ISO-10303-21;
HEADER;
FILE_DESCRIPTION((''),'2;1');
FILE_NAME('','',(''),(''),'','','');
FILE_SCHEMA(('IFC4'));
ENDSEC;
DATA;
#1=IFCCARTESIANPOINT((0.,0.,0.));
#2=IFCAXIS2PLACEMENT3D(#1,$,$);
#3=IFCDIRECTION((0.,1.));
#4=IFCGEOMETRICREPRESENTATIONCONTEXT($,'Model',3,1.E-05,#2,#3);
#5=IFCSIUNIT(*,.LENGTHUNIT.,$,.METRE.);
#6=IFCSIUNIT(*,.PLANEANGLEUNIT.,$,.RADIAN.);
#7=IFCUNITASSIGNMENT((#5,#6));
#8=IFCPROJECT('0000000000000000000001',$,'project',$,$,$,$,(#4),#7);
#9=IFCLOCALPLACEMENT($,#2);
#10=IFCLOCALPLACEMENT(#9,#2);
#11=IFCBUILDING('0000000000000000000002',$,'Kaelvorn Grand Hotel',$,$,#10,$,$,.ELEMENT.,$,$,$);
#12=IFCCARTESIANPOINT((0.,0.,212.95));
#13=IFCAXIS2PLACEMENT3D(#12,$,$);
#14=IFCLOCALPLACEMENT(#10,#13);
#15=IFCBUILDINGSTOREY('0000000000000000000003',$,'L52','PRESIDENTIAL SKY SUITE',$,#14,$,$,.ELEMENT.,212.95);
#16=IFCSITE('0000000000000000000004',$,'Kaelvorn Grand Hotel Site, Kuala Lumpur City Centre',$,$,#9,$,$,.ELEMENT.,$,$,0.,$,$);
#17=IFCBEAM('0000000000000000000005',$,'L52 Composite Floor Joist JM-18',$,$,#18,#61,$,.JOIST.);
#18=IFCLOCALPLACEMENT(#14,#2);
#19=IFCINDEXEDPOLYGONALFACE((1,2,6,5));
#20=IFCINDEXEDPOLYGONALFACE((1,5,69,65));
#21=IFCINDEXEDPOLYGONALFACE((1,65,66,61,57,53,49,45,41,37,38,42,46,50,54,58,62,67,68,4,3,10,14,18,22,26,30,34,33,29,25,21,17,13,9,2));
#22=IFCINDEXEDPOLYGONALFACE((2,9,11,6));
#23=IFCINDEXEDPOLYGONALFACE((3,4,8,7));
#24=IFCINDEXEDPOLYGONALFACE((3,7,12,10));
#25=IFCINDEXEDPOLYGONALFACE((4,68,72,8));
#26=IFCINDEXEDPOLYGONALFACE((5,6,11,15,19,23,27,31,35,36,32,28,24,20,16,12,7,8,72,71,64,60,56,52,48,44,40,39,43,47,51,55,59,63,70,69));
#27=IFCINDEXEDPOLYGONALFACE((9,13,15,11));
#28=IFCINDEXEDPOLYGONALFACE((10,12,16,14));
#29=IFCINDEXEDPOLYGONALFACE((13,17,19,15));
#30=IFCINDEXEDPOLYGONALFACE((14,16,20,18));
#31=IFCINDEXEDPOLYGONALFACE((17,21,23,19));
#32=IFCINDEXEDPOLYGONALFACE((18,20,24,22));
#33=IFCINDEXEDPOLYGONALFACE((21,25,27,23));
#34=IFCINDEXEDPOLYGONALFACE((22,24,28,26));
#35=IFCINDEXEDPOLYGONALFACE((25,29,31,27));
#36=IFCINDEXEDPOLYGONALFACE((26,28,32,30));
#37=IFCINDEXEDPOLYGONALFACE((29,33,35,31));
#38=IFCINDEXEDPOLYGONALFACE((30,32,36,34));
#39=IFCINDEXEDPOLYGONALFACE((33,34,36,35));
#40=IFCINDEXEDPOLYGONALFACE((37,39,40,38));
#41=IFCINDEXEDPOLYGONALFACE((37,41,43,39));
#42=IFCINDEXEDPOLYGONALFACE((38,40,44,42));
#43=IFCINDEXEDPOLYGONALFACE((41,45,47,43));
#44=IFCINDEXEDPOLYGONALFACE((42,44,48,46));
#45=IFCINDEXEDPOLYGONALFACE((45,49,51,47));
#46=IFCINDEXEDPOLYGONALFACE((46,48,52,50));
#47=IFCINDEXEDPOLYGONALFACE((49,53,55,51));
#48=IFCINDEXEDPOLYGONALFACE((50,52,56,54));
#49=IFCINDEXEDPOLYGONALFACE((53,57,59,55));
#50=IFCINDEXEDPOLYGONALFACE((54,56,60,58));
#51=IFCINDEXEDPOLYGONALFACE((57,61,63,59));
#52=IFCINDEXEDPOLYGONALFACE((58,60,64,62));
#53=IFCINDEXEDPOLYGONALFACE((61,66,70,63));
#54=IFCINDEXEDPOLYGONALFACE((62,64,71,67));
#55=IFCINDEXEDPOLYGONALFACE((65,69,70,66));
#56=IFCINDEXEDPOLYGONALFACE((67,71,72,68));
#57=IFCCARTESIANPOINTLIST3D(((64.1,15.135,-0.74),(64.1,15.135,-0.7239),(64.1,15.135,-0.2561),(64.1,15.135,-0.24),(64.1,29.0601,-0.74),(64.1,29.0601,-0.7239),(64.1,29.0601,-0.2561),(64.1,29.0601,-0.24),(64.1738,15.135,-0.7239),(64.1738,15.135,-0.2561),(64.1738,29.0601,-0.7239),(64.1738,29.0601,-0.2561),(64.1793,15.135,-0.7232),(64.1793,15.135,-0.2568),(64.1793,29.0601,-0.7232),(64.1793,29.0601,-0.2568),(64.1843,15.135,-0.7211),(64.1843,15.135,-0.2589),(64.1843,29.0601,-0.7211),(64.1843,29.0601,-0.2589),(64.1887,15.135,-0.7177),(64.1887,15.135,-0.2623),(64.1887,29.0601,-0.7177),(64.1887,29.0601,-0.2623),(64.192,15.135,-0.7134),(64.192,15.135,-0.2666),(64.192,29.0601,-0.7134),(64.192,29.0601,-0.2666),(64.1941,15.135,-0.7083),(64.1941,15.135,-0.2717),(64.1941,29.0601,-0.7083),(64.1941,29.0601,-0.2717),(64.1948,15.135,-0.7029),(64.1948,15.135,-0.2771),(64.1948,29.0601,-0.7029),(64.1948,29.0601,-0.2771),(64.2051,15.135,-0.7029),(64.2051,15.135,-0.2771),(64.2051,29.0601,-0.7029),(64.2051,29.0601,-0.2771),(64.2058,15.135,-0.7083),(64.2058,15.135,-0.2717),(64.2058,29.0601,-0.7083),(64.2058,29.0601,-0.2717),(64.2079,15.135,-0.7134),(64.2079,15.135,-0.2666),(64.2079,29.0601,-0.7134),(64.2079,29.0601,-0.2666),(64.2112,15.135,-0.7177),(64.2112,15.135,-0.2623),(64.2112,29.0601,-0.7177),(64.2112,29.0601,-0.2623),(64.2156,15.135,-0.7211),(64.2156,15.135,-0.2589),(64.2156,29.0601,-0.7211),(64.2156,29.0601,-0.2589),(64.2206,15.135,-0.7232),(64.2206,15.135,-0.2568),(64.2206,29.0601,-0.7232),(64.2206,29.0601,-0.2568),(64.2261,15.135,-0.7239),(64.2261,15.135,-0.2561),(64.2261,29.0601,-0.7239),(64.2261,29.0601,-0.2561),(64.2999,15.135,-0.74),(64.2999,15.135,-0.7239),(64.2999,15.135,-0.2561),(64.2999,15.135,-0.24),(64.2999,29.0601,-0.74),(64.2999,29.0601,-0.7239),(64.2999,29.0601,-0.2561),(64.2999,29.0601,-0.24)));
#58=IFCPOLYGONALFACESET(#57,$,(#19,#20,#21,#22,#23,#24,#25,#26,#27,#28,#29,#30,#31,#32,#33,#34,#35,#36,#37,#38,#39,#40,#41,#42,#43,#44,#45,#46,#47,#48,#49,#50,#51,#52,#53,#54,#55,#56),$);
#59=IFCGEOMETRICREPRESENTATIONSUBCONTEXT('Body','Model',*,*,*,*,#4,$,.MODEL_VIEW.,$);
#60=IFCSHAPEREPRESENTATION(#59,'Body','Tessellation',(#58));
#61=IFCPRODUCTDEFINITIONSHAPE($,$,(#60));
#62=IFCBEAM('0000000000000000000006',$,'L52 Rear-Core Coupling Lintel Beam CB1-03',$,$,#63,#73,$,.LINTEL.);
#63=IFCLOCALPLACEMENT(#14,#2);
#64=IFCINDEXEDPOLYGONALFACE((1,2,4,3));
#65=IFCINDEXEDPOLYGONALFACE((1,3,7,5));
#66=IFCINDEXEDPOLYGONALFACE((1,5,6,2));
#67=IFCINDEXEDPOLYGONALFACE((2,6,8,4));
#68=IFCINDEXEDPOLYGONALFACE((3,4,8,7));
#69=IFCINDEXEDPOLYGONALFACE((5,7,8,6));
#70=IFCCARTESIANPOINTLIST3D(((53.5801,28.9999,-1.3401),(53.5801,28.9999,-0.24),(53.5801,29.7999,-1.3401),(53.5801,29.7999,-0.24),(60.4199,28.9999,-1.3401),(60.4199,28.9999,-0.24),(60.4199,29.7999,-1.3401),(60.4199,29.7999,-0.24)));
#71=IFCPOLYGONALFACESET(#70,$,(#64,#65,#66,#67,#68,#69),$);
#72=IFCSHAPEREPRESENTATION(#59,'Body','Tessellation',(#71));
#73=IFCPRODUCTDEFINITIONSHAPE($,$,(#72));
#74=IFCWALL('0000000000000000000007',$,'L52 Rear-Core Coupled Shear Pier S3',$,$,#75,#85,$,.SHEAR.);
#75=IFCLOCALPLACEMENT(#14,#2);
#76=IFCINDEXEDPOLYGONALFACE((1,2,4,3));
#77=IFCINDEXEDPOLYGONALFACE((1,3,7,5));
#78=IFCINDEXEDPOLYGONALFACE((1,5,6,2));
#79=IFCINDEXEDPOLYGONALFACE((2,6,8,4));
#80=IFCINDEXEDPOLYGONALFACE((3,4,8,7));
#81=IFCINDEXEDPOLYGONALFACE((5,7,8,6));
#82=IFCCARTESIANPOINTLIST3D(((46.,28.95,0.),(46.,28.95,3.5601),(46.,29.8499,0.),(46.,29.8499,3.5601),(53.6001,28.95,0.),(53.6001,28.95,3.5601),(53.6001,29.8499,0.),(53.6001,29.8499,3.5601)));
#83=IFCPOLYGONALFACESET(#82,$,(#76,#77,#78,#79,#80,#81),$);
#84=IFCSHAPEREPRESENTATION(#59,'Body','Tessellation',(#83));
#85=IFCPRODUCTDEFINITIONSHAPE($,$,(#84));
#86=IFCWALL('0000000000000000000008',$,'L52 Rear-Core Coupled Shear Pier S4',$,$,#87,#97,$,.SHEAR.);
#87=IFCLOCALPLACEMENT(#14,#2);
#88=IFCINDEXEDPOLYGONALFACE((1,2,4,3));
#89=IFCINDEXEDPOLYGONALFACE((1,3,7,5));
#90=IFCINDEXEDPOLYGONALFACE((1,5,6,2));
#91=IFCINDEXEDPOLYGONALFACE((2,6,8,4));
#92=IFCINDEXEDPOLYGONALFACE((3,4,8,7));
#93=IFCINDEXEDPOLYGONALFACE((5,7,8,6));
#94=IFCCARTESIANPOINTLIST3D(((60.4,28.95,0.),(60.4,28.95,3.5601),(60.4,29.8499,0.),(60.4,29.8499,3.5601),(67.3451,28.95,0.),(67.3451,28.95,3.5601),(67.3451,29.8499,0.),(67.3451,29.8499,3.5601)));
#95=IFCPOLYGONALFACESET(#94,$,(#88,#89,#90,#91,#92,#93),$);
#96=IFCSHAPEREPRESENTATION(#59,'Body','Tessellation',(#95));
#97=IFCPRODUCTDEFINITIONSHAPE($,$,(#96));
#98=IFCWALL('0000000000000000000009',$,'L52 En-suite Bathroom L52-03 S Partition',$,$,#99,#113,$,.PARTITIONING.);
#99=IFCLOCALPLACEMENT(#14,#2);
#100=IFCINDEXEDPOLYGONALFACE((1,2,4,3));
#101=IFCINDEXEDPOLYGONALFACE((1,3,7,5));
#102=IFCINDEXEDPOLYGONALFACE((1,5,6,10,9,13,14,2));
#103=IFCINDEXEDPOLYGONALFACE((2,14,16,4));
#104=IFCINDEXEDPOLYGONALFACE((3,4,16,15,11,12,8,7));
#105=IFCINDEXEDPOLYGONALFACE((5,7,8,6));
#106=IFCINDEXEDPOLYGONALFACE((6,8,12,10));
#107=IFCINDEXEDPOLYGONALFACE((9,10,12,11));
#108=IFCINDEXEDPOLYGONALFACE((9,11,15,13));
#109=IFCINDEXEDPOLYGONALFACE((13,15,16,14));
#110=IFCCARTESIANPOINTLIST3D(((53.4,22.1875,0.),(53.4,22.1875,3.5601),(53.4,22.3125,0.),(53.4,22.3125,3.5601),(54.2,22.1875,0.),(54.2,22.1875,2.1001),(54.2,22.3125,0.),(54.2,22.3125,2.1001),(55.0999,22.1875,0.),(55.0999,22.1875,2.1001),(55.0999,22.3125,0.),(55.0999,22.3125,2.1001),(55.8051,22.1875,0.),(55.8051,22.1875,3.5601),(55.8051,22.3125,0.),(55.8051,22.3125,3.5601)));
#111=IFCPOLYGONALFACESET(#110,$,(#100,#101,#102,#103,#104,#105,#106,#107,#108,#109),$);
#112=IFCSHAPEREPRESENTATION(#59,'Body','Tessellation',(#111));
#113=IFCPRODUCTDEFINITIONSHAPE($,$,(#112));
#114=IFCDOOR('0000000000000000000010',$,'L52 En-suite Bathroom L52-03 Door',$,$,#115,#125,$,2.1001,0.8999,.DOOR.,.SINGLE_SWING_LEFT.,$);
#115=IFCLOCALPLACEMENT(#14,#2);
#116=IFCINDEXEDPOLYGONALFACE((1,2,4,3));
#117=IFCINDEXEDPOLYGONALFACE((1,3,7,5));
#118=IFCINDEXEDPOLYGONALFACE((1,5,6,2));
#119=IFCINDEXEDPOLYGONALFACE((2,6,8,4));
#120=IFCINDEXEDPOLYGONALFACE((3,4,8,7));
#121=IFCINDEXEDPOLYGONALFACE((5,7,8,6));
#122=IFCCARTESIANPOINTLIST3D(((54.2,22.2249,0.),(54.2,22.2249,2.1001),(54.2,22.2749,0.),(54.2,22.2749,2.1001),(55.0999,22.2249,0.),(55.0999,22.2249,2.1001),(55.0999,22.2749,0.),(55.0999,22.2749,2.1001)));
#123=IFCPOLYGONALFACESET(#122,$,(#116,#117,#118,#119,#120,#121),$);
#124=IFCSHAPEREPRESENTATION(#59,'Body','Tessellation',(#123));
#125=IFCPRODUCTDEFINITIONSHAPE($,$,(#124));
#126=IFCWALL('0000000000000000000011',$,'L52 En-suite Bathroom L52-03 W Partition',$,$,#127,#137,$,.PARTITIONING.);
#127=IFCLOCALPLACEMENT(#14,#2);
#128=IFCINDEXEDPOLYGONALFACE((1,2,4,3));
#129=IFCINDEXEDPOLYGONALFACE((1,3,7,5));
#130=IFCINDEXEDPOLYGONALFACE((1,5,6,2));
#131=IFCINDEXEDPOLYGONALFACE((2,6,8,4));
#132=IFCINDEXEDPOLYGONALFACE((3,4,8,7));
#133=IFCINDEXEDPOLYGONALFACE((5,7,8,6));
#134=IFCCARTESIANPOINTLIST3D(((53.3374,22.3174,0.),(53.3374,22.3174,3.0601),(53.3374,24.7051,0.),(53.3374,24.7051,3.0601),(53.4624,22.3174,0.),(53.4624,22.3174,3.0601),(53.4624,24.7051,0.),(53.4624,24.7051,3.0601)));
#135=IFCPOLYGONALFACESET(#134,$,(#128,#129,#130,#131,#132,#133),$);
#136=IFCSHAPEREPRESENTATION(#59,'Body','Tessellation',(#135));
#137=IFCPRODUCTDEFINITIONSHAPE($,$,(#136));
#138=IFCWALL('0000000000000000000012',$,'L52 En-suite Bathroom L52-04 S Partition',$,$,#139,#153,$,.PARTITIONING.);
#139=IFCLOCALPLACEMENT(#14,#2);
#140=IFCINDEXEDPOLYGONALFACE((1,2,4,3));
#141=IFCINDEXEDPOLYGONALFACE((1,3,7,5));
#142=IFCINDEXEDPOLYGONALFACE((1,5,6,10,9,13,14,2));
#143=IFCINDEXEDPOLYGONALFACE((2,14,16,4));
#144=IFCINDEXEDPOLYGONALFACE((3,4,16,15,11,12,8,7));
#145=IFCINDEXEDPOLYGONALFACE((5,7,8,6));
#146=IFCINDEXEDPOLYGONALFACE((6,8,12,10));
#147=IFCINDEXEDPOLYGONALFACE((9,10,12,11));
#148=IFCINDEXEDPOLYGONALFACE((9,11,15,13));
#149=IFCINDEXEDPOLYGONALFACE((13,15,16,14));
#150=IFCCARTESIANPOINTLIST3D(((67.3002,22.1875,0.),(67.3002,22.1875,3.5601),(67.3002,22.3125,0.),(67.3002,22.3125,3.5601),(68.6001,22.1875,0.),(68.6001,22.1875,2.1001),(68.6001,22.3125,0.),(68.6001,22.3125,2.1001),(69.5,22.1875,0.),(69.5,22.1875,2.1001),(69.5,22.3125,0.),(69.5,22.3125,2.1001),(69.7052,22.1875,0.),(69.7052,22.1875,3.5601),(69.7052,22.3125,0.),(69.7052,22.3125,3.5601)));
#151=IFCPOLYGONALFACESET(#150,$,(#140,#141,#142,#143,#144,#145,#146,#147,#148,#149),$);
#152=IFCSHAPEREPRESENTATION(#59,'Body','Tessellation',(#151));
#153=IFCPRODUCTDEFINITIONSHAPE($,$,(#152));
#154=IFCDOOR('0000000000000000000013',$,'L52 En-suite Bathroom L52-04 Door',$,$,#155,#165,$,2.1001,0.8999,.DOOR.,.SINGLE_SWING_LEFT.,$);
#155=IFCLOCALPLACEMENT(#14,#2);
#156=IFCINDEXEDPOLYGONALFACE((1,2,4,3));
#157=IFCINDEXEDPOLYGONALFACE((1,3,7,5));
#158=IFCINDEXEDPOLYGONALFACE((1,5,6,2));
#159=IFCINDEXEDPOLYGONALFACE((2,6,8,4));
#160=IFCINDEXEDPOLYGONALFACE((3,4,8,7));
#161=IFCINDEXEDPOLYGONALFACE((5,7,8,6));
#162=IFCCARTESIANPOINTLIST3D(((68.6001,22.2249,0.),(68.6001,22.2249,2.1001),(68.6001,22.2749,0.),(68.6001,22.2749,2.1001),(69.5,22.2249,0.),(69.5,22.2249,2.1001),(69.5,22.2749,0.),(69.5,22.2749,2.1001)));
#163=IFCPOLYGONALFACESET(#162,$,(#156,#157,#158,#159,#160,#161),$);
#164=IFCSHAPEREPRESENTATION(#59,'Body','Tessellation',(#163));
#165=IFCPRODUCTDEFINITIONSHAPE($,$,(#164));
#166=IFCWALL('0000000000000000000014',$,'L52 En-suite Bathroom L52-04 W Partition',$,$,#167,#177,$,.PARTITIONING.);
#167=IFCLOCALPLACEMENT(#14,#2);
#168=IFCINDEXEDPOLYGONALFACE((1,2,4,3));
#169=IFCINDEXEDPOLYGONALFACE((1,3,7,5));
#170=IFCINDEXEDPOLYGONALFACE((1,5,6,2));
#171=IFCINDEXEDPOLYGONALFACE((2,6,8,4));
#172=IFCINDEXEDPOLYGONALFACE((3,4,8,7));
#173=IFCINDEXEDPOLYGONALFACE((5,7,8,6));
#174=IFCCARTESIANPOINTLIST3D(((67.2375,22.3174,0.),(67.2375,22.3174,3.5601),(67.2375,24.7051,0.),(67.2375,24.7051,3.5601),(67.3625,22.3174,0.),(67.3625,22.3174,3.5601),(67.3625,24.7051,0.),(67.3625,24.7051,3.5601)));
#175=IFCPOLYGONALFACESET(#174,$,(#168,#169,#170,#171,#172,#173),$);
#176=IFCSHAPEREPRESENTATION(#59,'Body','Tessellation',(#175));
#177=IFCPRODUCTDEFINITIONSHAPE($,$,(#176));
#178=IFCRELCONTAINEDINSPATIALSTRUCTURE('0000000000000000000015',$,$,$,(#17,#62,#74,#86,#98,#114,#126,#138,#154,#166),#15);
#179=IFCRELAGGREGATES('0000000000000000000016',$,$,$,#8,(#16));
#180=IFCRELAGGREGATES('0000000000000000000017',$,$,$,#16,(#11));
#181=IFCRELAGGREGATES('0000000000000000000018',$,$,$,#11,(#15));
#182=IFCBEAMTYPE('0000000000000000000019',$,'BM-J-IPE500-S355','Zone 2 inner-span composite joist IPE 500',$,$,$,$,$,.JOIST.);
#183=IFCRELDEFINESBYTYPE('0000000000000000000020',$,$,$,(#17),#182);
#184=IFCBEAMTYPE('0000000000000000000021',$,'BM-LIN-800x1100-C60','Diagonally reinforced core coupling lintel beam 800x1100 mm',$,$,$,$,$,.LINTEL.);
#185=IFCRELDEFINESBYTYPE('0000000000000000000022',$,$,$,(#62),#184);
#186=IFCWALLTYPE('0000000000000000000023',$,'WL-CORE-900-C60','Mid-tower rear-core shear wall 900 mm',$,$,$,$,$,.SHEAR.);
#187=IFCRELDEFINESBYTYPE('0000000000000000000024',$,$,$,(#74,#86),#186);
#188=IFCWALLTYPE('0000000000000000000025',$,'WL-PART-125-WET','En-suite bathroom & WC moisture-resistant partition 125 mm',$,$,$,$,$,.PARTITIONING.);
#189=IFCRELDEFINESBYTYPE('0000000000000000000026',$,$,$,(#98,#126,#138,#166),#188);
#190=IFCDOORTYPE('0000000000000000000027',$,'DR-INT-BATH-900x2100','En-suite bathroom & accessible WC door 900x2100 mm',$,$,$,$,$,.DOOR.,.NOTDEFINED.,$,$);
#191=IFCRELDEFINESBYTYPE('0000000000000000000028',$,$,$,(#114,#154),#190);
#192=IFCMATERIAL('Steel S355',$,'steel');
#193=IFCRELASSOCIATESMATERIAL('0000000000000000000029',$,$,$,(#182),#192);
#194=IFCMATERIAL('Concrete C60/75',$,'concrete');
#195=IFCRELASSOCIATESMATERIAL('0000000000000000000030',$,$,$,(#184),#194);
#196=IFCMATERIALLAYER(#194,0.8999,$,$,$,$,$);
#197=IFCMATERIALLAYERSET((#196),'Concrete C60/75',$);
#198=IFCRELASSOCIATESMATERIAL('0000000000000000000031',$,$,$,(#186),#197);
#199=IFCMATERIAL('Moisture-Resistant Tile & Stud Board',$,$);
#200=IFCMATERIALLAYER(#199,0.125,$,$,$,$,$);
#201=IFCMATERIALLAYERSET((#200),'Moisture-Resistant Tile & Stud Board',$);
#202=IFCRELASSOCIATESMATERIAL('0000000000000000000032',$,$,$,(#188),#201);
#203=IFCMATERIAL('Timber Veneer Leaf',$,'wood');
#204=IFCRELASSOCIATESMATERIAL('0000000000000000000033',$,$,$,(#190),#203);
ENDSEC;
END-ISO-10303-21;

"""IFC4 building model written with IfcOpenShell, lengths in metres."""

from ifc_helpers import new_model, si_unit, direction, frame, frame_2d, origin, origin_2d, place, context, subcontext, project, spatial, rectangle, i_section, extrude, material, layer, layer_set, material_profile, profile_set, type_object, element, fill, save


model = new_model("IFC4")

# Units and contexts
model_context = context("Model", 3, precision=1e-05, world=origin(), true_north=direction((0.0, 1.0)))
body_context = subcontext(model_context, "Body", "Model", "MODEL_VIEW")
ifc_project = project(units=[si_unit("LENGTHUNIT", "METRE"), si_unit("PLANEANGLEUNIT", "RADIAN")], contexts=[model_context])

# Site, building, storey
site_placement = place(None, origin())
site = spatial("IfcSite", under=ifc_project, at=site_placement, Name="Kaelvorn Grand Hotel Site, Kuala Lumpur City Centre", CompositionType="ELEMENT", RefElevation=0.0)
building_placement = place(site_placement, origin())
building = spatial("IfcBuilding", under=site, at=building_placement, Name="Kaelvorn Grand Hotel", CompositionType="ELEMENT")
storey_placement = place(building_placement, frame((0.0, 0.0, 212.95)))
storey = spatial("IfcBuildingStorey", under=building, at=storey_placement, Name="L52", Description="PRESIDENTIAL SKY SUITE", CompositionType="ELEMENT", Elevation=212.95)

# Shared definitions
ifc_material_1 = material(Name="Concrete C60/75", Category="concrete")

# Beams
ifc_material_2 = material(Name="Steel S355", Category="steel")
ifc_material_profile_1 = material_profile(ifc_material_2, i_section(OverallWidth=0.2, OverallDepth=0.5, WebThickness=0.0103, FlangeThickness=0.0161, FilletRadius=0.021, at=origin_2d()), Name="IPE 500")
ifc_profile_set_1 = profile_set([ifc_material_profile_1], Name="Steel S355")
beam_type_1 = type_object("IfcBeamType", Name="BM-J-IPE500-S355", Description="Zone 2 inner-span composite joist IPE 500", PredefinedType="JOIST", material=ifc_profile_set_1)
beam_1_placement = place(storey_placement, frame((64.2, 15.135, -0.49), z_axis=(0.0, 1.0, 0.0), x_axis=(-1.0, 0.0, 0.0)))
element("IfcBeam", 1, at=beam_1_placement, inside=storey, type_object=beam_type_1, Name="L52 Composite Floor Joist JM-18", PredefinedType="JOIST", context=body_context, shape_type="SweptSolid", body=[
    extrude(i_section(OverallWidth=0.2, OverallDepth=0.5, WebThickness=0.0103, FlangeThickness=0.0161, FilletRadius=0.021, at=origin_2d()), origin(), (0.0, 0.0, 1.0), 13.925),
])
ifc_material_profile_2 = material_profile(ifc_material_1, rectangle(XDim=0.8, YDim=1.1001, at=origin_2d()), Name="RC LINTEL 800x1100")
ifc_profile_set_2 = profile_set([ifc_material_profile_2], Name="Concrete C60/75")
beam_type_2 = type_object("IfcBeamType", Name="BM-LIN-800x1100-C60", Description="Diagonally reinforced core coupling lintel beam 800x1100 mm", PredefinedType="LINTEL", material=ifc_profile_set_2)
beam_2_placement = place(storey_placement, frame((53.5801, 29.3999, -0.79), z_axis=(1.0, 0.0, 0.0), x_axis=(0.0, 1.0, 0.0)))
element("IfcBeam", 2, at=beam_2_placement, inside=storey, type_object=beam_type_2, Name="L52 Rear-Core Coupling Lintel Beam CB1-03", PredefinedType="LINTEL", context=body_context, shape_type="SweptSolid", body=[
    extrude(rectangle(XDim=0.8, YDim=1.1001, at=origin_2d()), origin(), (0.0, 0.0, 1.0), 6.8398),
])

# Walls
ifc_layer_1 = layer(ifc_material_1, 0.8999)
ifc_layer_set_1 = layer_set([ifc_layer_1], Name="Concrete C60/75")
wall_type_1 = type_object("IfcWallType", Name="WL-CORE-900-C60", Description="Mid-tower rear-core shear wall 900 mm", PredefinedType="SHEAR", material=ifc_layer_set_1)
wall_1_placement = place(storey_placement, frame((46.0, 29.3999, 0.0), z_axis=(0.0, 0.0, 1.0), x_axis=(1.0, 0.0, 0.0)))
element("IfcWall", 3, at=wall_1_placement, inside=storey, type_object=wall_type_1, Name="L52 Rear-Core Coupled Shear Pier S3", PredefinedType="SHEAR", context=body_context, shape_type="SweptSolid", body=[
    extrude(rectangle(XDim=7.6001, YDim=0.8999, at=frame_2d((3.8, 0.0))), origin(), (0.0, 0.0, 1.0), 3.5601),
])
wall_2_placement = place(storey_placement, frame((60.3999, 29.3999, 0.0), z_axis=(0.0, 0.0, 1.0), x_axis=(1.0, 0.0, 0.0)))
element("IfcWall", 4, at=wall_2_placement, inside=storey, type_object=wall_type_1, Name="L52 Rear-Core Coupled Shear Pier S4", PredefinedType="SHEAR", context=body_context, shape_type="SweptSolid", body=[
    extrude(rectangle(XDim=6.9451, YDim=0.8999, at=frame_2d((3.4727, 0.0))), origin(), (0.0, 0.0, 1.0), 3.5601),
])

# Wall, opening, door
ifc_material_3 = material(Name="Moisture-Resistant Tile & Stud Board")
ifc_layer_2 = layer(ifc_material_3, 0.125)
ifc_layer_set_2 = layer_set([ifc_layer_2], Name="Moisture-Resistant Tile & Stud Board")
wall_type_2 = type_object("IfcWallType", Name="WL-PART-125-WET", Description="En-suite bathroom & WC moisture-resistant partition 125 mm", PredefinedType="PARTITIONING", material=ifc_layer_set_2)
wall_3_placement = place(storey_placement, frame((53.3999, 22.25, 0.0), z_axis=(0.0, 0.0, 1.0), x_axis=(1.0, 0.0, 0.0)))
wall_3 = element("IfcWall", 5, at=wall_3_placement, inside=storey, type_object=wall_type_2, Name="L52 En-suite Bathroom L52-03 S Partition", PredefinedType="PARTITIONING", context=body_context, shape_type="SweptSolid", body=[
    extrude(rectangle(XDim=2.405, YDim=0.125, at=frame_2d((1.2026, 0.0))), origin(), (0.0, 0.0, 1.0), 3.5601),
])
opening_1_placement = place(wall_3_placement, frame((0.8, 0.0, 0.0)))
opening_1 = element("IfcOpeningElement", 6, at=opening_1_placement, cuts=wall_3, PredefinedType="OPENING", context=body_context, shape_type="SweptSolid", body=[
    extrude(rectangle(XDim=0.8999, YDim=2.1001, at=frame_2d((0.45, 1.05))), frame((0.0, 0.0725, 0.0), z_axis=(0.0, -1.0, 0.0), x_axis=(1.0, 0.0, 0.0)), (0.0, 0.0, 1.0), 0.145),
])
ifc_material_4 = material(Name="Timber Veneer Leaf", Category="wood")
door_type_1 = type_object("IfcDoorType", Name="DR-INT-BATH-900x2100", Description="En-suite bathroom & accessible WC door 900x2100 mm", OperationType="NOTDEFINED", PredefinedType="DOOR", material=ifc_material_4)
door_1_placement = place(opening_1_placement, origin())
door_1 = element("IfcDoor", 7, at=door_1_placement, inside=storey, type_object=door_type_1, Name="L52 En-suite Bathroom L52-03 Door", OperationType="SINGLE_SWING_LEFT", OverallHeight=2.1001, OverallWidth=0.8999, PredefinedType="DOOR", context=body_context, shape_type="SweptSolid", body=[
    extrude(rectangle(XDim=0.8999, YDim=2.1001, at=frame_2d((0.45, 1.05))), frame((0.0, 0.0249, 0.0), z_axis=(0.0, -1.0, 0.0), x_axis=(1.0, 0.0, 0.0)), (0.0, 0.0, 1.0), 0.05),
])
fill(opening_1, door_1)

# Wall
wall_4_placement = place(storey_placement, frame((53.3999, 22.3174, 0.0), z_axis=(0.0, 0.0, 1.0), x_axis=(0.0, 1.0, 0.0)))
element("IfcWall", 8, at=wall_4_placement, inside=storey, type_object=wall_type_2, Name="L52 En-suite Bathroom L52-03 W Partition", PredefinedType="PARTITIONING", context=body_context, shape_type="SweptSolid", body=[
    extrude(rectangle(XDim=2.3877, YDim=0.125, at=frame_2d((1.1938, 0.0))), origin(), (0.0, 0.0, 1.0), 3.0601),
])

# Wall, opening, door
wall_5_placement = place(storey_placement, frame((67.3, 22.25, 0.0), z_axis=(0.0, 0.0, 1.0), x_axis=(1.0, 0.0, 0.0)))
wall_5 = element("IfcWall", 9, at=wall_5_placement, inside=storey, type_object=wall_type_2, Name="L52 En-suite Bathroom L52-04 S Partition", PredefinedType="PARTITIONING", context=body_context, shape_type="SweptSolid", body=[
    extrude(rectangle(XDim=2.405, YDim=0.125, at=frame_2d((1.2026, 0.0))), origin(), (0.0, 0.0, 1.0), 3.5601),
])
opening_2_placement = place(wall_5_placement, frame((1.3, 0.0, 0.0)))
opening_2 = element("IfcOpeningElement", 10, at=opening_2_placement, cuts=wall_5, PredefinedType="OPENING", context=body_context, shape_type="SweptSolid", body=[
    extrude(rectangle(XDim=0.8999, YDim=2.1001, at=frame_2d((0.45, 1.05))), frame((0.0, 0.0725, 0.0), z_axis=(0.0, -1.0, 0.0), x_axis=(1.0, 0.0, 0.0)), (0.0, 0.0, 1.0), 0.145),
])
door_2_placement = place(opening_2_placement, origin())
door_2 = element("IfcDoor", 11, at=door_2_placement, inside=storey, type_object=door_type_1, Name="L52 En-suite Bathroom L52-04 Door", OperationType="SINGLE_SWING_LEFT", OverallHeight=2.1001, OverallWidth=0.8999, PredefinedType="DOOR", context=body_context, shape_type="SweptSolid", body=[
    extrude(rectangle(XDim=0.8999, YDim=2.1001, at=frame_2d((0.45, 1.05))), frame((0.0, 0.0249, 0.0), z_axis=(0.0, -1.0, 0.0), x_axis=(1.0, 0.0, 0.0)), (0.0, 0.0, 1.0), 0.05),
])
fill(opening_2, door_2)

# Wall
wall_6_placement = place(storey_placement, frame((67.3, 22.3174, 0.0), z_axis=(0.0, 0.0, 1.0), x_axis=(0.0, 1.0, 0.0)))
element("IfcWall", 12, at=wall_6_placement, inside=storey, type_object=wall_type_2, Name="L52 En-suite Bathroom L52-04 W Partition", PredefinedType="PARTITIONING", context=body_context, shape_type="SweptSolid", body=[
    extrude(rectangle(XDim=2.3877, YDim=0.125, at=frame_2d((1.1938, 0.0))), origin(), (0.0, 0.0, 1.0), 3.5601),
])

save(model, "model.ifc")
